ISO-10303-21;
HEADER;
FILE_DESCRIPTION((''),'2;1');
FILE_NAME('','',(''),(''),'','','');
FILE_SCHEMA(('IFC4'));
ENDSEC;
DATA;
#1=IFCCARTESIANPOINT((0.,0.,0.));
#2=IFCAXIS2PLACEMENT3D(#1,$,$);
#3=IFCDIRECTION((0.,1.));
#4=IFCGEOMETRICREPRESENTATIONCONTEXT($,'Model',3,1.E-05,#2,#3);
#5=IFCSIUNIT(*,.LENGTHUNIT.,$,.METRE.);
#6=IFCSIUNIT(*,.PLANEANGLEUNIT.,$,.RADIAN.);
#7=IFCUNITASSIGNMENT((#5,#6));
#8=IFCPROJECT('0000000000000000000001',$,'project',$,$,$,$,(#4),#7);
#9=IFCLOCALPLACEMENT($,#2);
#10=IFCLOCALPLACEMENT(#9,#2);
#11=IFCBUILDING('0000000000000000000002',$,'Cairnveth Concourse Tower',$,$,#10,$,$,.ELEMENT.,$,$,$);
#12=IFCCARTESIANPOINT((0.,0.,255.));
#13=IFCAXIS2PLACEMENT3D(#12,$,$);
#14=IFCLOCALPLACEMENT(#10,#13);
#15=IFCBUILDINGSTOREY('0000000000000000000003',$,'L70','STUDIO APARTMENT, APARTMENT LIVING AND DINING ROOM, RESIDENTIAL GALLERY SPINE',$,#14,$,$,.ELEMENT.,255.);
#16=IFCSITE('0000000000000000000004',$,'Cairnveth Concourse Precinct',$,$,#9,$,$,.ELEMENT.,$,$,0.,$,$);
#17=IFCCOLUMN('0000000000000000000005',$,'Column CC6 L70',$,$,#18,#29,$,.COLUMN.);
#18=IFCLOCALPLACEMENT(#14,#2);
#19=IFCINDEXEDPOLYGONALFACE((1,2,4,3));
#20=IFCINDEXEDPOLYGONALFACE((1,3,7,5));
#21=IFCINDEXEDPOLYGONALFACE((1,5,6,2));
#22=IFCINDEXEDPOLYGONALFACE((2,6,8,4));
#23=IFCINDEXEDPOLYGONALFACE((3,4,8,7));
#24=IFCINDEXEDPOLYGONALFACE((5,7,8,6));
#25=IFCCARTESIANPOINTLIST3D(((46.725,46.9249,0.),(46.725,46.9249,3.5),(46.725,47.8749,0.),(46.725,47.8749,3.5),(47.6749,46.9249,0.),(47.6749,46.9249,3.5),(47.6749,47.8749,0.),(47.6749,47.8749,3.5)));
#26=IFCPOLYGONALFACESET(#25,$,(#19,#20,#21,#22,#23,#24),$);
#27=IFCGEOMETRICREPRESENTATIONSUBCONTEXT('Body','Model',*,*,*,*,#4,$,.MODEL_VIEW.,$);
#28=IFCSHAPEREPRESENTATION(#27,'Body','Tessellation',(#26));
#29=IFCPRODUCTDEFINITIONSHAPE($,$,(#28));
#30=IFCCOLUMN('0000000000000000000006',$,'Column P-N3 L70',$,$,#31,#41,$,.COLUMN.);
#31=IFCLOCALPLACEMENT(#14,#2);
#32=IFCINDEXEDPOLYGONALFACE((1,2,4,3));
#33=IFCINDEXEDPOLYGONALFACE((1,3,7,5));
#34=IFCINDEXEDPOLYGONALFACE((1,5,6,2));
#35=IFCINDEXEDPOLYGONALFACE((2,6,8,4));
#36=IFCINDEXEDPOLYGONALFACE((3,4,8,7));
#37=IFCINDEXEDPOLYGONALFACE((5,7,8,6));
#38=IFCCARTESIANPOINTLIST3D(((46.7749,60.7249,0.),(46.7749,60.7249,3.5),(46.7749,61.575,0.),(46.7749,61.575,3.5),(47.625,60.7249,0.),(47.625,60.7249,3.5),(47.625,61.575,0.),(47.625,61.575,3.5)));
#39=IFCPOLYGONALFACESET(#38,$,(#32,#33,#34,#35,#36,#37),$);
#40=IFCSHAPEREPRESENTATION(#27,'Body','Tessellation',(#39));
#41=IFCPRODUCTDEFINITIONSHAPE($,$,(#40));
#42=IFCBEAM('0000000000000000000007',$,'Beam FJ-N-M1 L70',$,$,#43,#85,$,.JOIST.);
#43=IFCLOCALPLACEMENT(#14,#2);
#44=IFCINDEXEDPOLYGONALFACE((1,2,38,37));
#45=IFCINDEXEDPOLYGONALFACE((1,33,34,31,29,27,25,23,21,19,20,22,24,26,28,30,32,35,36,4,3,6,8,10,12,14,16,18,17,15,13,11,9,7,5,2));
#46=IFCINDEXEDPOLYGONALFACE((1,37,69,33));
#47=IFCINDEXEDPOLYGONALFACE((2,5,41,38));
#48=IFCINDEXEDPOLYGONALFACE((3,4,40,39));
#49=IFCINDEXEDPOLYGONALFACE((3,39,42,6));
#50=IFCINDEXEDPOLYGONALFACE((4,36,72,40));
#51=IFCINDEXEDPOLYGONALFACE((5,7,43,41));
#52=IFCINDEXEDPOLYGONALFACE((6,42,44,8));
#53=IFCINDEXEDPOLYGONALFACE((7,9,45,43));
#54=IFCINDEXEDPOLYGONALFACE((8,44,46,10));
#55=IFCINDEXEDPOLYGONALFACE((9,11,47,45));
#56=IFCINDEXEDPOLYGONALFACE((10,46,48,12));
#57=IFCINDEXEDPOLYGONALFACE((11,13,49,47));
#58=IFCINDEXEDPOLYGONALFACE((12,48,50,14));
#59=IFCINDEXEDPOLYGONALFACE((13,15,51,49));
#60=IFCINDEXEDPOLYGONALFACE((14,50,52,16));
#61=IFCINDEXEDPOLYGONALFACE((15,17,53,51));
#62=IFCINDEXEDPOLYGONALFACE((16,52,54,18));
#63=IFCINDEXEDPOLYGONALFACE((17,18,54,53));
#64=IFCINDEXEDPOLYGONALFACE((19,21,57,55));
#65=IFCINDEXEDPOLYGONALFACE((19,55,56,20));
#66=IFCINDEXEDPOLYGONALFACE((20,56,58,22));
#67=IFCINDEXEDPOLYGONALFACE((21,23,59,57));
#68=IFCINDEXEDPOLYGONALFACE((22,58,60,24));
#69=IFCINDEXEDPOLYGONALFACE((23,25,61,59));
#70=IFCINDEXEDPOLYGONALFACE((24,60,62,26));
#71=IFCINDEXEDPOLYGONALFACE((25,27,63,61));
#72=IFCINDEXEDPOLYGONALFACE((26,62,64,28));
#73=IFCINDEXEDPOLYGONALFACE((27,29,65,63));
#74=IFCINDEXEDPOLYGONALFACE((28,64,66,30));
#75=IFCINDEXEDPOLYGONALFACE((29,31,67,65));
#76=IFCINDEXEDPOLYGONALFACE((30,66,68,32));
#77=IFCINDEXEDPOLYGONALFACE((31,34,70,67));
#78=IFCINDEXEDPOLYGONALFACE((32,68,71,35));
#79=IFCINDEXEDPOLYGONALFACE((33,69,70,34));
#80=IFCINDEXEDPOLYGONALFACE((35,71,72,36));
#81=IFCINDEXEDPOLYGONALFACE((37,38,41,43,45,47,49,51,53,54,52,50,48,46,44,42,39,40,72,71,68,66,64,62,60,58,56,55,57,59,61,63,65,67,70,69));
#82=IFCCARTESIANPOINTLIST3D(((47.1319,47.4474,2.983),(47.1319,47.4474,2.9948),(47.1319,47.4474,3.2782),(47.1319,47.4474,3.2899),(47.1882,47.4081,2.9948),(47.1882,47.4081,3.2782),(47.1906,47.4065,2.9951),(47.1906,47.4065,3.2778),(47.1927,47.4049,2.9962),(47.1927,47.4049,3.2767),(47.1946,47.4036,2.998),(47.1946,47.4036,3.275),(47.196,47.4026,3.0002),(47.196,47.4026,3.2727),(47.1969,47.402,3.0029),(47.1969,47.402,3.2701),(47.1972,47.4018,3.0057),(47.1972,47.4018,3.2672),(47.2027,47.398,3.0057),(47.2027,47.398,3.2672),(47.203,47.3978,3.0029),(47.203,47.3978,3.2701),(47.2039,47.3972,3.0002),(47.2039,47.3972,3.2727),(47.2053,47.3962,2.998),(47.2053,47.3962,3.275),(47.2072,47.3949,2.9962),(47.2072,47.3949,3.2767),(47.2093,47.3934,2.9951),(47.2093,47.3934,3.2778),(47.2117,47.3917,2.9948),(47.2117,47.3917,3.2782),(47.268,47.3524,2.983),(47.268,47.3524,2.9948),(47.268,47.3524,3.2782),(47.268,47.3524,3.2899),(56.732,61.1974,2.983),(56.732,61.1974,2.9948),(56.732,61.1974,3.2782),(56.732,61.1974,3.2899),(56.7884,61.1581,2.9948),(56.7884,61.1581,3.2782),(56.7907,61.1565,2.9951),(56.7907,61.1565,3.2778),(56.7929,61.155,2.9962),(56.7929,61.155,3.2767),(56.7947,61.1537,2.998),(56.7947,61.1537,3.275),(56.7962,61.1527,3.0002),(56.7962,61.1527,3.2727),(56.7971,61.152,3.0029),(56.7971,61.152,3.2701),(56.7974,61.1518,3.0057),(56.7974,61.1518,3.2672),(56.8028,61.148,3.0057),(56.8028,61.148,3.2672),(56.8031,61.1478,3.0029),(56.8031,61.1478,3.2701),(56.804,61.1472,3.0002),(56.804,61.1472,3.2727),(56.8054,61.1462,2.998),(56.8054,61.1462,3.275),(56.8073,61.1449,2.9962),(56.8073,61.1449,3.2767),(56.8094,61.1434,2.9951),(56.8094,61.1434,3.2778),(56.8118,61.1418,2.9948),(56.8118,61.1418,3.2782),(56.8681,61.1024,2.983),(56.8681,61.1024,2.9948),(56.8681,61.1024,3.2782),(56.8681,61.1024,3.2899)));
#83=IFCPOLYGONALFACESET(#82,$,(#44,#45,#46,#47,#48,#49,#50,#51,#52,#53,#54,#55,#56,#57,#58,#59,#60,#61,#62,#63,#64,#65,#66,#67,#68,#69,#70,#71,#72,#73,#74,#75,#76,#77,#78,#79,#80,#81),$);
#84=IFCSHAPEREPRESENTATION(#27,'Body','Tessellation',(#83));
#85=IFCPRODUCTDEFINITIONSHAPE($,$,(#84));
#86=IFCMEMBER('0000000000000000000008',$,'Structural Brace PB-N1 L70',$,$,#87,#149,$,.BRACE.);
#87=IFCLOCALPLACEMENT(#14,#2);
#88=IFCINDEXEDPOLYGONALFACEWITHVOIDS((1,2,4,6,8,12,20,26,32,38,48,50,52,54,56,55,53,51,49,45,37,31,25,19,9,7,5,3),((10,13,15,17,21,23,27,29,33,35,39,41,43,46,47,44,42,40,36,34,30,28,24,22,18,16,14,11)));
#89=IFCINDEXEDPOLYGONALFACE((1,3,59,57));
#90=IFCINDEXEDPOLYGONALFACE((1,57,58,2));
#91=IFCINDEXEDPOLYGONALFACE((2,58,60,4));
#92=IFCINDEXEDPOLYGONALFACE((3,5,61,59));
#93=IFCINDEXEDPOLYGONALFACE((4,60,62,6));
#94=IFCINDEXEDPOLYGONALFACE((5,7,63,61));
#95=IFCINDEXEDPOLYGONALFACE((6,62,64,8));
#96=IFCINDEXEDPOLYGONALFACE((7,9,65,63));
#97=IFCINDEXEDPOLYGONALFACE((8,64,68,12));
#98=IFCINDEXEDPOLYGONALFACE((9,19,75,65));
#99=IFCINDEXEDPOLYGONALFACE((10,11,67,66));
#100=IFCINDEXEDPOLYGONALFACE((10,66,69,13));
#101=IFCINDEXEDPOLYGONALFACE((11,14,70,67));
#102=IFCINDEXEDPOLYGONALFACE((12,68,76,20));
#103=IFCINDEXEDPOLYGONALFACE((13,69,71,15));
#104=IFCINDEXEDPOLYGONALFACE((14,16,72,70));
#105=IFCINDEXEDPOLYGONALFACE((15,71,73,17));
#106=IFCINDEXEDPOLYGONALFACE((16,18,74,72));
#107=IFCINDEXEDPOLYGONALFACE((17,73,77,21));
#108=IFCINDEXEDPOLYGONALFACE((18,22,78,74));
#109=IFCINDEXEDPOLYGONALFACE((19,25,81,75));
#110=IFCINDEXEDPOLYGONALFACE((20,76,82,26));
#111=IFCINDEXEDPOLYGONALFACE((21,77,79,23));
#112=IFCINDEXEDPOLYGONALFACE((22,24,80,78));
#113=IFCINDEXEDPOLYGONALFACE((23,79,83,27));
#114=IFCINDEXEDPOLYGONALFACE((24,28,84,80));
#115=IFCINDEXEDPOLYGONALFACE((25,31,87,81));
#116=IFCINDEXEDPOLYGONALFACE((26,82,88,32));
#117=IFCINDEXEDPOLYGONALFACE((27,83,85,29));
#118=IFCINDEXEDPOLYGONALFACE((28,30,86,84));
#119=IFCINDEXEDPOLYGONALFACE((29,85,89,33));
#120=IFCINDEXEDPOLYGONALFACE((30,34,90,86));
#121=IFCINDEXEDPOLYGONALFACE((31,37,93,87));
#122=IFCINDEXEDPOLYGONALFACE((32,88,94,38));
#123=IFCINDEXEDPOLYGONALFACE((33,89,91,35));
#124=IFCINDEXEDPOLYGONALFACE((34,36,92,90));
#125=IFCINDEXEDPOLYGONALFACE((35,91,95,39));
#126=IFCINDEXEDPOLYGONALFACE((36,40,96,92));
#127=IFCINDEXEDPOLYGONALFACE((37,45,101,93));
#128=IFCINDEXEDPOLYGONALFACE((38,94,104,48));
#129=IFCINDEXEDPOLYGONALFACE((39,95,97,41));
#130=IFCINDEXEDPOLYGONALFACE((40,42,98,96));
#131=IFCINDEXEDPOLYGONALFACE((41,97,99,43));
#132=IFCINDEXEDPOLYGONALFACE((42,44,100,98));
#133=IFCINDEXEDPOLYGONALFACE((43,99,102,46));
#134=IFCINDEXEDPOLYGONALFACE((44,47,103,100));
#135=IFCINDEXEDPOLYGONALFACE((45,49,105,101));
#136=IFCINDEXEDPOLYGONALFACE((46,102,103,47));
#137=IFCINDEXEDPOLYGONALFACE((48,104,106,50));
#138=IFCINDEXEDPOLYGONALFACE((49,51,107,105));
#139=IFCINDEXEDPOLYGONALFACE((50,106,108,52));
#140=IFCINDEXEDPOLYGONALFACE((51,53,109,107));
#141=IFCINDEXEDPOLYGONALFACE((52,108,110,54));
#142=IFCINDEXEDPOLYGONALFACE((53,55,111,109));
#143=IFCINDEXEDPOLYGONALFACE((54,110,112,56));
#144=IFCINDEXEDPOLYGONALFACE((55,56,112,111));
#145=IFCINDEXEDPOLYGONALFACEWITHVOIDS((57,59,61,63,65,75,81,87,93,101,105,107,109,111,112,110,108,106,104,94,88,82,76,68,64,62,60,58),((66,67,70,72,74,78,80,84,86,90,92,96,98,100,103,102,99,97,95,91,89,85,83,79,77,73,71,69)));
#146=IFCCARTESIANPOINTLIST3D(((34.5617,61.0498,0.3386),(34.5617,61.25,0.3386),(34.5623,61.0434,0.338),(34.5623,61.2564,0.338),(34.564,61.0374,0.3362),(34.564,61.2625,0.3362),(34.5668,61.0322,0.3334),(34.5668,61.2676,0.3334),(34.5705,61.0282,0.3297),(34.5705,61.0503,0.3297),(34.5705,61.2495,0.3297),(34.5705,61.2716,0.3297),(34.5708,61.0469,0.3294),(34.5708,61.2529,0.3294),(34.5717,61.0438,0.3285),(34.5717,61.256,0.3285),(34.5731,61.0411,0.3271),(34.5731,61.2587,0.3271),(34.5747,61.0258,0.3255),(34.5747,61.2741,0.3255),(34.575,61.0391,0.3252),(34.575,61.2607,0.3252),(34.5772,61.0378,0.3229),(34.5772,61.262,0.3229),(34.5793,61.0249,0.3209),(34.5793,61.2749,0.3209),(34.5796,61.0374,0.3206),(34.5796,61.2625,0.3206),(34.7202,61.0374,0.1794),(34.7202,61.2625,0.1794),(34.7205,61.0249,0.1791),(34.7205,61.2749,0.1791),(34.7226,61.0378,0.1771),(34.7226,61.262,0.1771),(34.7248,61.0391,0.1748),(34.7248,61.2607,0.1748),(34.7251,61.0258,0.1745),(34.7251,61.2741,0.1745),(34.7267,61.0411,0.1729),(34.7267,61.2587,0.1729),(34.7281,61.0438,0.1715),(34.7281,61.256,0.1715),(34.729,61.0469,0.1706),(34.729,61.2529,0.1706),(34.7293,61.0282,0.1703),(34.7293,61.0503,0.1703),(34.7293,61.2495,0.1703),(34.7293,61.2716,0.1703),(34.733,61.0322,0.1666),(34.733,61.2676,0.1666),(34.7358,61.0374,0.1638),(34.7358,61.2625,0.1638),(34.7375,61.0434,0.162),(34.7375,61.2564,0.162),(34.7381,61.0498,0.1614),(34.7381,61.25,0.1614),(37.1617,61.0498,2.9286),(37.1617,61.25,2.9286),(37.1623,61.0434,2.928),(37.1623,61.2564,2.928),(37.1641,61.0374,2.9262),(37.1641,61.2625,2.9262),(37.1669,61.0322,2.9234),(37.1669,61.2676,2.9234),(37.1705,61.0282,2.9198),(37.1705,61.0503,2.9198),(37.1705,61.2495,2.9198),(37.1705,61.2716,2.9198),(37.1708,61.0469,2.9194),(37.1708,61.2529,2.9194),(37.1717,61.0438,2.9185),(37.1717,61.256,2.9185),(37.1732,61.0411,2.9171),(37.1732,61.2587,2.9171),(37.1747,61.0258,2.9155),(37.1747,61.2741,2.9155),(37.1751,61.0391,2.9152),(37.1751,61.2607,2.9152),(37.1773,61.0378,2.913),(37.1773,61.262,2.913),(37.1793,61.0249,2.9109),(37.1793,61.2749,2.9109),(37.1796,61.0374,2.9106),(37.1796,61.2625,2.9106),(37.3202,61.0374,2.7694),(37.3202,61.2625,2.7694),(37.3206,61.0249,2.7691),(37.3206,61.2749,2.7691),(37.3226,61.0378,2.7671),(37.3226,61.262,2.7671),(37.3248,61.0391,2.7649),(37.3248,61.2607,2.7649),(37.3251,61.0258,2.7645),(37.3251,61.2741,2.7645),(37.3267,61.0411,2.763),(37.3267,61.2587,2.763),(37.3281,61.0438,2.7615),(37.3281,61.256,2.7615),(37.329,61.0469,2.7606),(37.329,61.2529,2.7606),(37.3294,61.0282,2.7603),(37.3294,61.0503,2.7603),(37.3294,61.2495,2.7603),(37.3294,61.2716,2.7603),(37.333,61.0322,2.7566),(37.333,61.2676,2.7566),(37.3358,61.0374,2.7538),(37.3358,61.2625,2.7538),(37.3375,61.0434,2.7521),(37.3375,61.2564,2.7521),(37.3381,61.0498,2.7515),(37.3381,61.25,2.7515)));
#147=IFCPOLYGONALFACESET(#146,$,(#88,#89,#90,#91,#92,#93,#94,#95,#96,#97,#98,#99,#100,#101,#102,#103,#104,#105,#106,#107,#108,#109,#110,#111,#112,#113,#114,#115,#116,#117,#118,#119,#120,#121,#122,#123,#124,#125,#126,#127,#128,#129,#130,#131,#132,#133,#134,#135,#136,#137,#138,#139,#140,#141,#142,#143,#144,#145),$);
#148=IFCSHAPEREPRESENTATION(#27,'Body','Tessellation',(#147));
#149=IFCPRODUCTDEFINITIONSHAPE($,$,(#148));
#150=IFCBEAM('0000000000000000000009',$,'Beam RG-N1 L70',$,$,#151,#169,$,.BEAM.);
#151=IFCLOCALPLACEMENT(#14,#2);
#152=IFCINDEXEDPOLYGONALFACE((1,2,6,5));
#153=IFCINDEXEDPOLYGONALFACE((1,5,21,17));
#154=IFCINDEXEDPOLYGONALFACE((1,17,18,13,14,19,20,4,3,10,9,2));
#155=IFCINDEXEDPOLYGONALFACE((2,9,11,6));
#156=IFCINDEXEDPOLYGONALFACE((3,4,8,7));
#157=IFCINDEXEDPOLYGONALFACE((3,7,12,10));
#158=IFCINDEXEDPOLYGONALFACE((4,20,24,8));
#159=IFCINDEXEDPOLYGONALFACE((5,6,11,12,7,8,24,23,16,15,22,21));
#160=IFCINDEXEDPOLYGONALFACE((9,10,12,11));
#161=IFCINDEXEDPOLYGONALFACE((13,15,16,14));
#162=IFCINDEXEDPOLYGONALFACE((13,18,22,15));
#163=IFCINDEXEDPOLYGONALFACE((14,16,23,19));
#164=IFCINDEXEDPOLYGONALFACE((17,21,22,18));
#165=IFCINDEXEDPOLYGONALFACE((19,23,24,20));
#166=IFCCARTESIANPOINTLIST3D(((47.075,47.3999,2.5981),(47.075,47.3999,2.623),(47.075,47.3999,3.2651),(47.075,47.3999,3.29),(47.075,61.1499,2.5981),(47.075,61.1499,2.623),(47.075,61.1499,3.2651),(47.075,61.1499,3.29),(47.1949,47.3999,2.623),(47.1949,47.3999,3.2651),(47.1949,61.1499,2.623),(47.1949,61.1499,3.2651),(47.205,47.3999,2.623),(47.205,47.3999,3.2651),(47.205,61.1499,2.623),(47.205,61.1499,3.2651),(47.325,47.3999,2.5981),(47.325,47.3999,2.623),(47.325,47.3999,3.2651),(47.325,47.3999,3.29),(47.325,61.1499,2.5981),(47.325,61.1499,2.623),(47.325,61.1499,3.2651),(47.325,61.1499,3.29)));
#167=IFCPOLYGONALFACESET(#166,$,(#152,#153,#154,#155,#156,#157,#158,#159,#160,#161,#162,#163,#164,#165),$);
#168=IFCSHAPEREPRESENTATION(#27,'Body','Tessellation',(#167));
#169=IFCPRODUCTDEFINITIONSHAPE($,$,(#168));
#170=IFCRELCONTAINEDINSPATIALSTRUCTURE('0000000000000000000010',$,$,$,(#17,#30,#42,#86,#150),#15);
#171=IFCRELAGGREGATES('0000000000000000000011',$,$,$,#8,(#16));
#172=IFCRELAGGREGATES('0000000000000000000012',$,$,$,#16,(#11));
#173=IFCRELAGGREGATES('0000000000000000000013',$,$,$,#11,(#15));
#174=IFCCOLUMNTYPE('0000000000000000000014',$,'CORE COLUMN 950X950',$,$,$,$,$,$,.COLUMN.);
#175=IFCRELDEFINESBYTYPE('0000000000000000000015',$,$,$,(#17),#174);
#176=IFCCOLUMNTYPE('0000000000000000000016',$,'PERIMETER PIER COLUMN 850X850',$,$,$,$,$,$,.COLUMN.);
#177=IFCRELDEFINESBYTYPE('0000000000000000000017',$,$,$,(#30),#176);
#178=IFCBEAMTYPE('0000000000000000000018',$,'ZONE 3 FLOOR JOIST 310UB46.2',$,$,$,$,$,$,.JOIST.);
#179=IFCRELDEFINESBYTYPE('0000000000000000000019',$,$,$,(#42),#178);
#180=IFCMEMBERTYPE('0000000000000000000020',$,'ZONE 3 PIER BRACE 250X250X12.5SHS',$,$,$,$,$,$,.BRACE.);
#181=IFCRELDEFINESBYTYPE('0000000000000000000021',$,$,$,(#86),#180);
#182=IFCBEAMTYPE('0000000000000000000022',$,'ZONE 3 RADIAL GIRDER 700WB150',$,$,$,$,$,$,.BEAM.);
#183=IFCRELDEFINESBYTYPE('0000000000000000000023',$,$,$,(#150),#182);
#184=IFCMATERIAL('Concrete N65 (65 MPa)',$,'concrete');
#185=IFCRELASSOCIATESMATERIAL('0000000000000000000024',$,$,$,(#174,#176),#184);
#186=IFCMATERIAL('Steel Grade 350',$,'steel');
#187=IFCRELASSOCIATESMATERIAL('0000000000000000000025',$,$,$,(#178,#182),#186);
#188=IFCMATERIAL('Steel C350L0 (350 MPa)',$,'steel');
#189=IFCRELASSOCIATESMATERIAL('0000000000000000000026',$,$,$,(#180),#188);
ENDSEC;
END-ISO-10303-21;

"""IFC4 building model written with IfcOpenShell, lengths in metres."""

from ifc_helpers import new_model, si_unit, direction, frame, origin, origin_2d, place, context, subcontext, project, spatial, rectangle, hollow_rectangle, i_section, extrude, material, material_profile, profile_set, type_object, element, save


model = new_model("IFC4")

# Units and contexts
model_context = context("Model", 3, precision=1e-05, world=origin(), true_north=direction((0.0, 1.0)))
body_context = subcontext(model_context, "Body", "Model", "MODEL_VIEW")
ifc_project = project(units=[si_unit("LENGTHUNIT", "METRE"), si_unit("PLANEANGLEUNIT", "RADIAN")], contexts=[model_context])

# Site, building, storey
site_placement = place(None, origin())
site = spatial("IfcSite", under=ifc_project, at=site_placement, Name="Cairnveth Concourse Precinct", CompositionType="ELEMENT", RefElevation=0.0)
building_placement = place(site_placement, origin())
building = spatial("IfcBuilding", under=site, at=building_placement, Name="Cairnveth Concourse Tower", CompositionType="ELEMENT")
storey_placement = place(building_placement, frame((0.0, 0.0, 255.0)))
storey = spatial("IfcBuildingStorey", under=building, at=storey_placement, Name="L70", Description="STUDIO APARTMENT, APARTMENT LIVING AND DINING ROOM, RESIDENTIAL GALLERY SPINE", CompositionType="ELEMENT", Elevation=255.0)

# Columns
ifc_material_1 = material(Name="Concrete N65 (65 MPa)", Category="concrete")
ifc_material_profile_1 = material_profile(ifc_material_1, rectangle(XDim=0.95, YDim=0.95, at=origin_2d()), Name="RC-COL-950x950")
ifc_profile_set_1 = profile_set([ifc_material_profile_1], Name="Concrete N65 (65 MPa)")
column_type_1 = type_object("IfcColumnType", Name="CORE COLUMN 950X950", PredefinedType="COLUMN", material=ifc_profile_set_1)
column_1_placement = place(storey_placement, frame((47.2, 47.3999, 0.0), z_axis=(0.0, 0.0, 1.0), x_axis=(1.0, 0.0, 0.0)))
element("IfcColumn", 1, at=column_1_placement, inside=storey, type_object=column_type_1, Name="Column CC6 L70", PredefinedType="COLUMN", context=body_context, shape_type="SweptSolid", body=[
    extrude(rectangle(XDim=0.95, YDim=0.95, at=origin_2d()), origin(), (0.0, 0.0, 1.0), 3.5),
])
ifc_material_profile_2 = material_profile(ifc_material_1, rectangle(XDim=0.8501, YDim=0.8501, at=origin_2d()), Name="RC-COL-850x850")
ifc_profile_set_2 = profile_set([ifc_material_profile_2], Name="Concrete N65 (65 MPa)")
column_type_2 = type_object("IfcColumnType", Name="PERIMETER PIER COLUMN 850X850", PredefinedType="COLUMN", material=ifc_profile_set_2)
column_2_placement = place(storey_placement, frame((47.2, 61.1499, 0.0), z_axis=(0.0, 0.0, 1.0), x_axis=(1.0, 0.0, 0.0)))
element("IfcColumn", 2, at=column_2_placement, inside=storey, type_object=column_type_2, Name="Column P-N3 L70", PredefinedType="COLUMN", context=body_context, shape_type="SweptSolid", body=[
    extrude(rectangle(XDim=0.8501, YDim=0.8501, at=origin_2d()), origin(), (0.0, 0.0, 1.0), 3.5),
])

# Beam
ifc_material_2 = material(Name="Steel Grade 350", Category="steel")
ifc_material_profile_3 = material_profile(ifc_material_2, i_section(OverallWidth=0.166, OverallDepth=0.3069, WebThickness=0.0066, FlangeThickness=0.0117, FilletRadius=0.011, at=origin_2d()), Name="310UB46.2")
ifc_profile_set_3 = profile_set([ifc_material_profile_3], Name="Steel Grade 350")
beam_type_1 = type_object("IfcBeamType", Name="ZONE 3 FLOOR JOIST 310UB46.2", PredefinedType="JOIST", material=ifc_profile_set_3)
beam_1_placement = place(storey_placement, frame((47.2, 47.3999, 3.1365), z_axis=(0.572465, 0.819929, 0.0), x_axis=(-0.819929, 0.572465, 0.0)))
element("IfcBeam", 3, at=beam_1_placement, inside=storey, type_object=beam_type_1, Name="Beam FJ-N-M1 L70", PredefinedType="JOIST", context=body_context, shape_type="SweptSolid", body=[
    extrude(i_section(OverallWidth=0.166, OverallDepth=0.3069, WebThickness=0.0066, FlangeThickness=0.0117, FilletRadius=0.011, at=origin_2d()), origin(), (0.0, 0.0, 1.0), 16.7698),
])

# Member
ifc_material_3 = material(Name="Steel C350L0 (350 MPa)", Category="steel")
ifc_material_profile_4 = material_profile(ifc_material_3, hollow_rectangle(XDim=0.25, YDim=0.25, WallThickness=0.0125, InnerFilletRadius=0.0129, OuterFilletRadius=0.0249, at=origin_2d()), Name="250x250x12.5SHS")
ifc_profile_set_4 = profile_set([ifc_material_profile_4], Name="Steel C350L0 (350 MPa)")
member_type = type_object("IfcMemberType", Name="ZONE 3 PIER BRACE 250X250X12.5SHS", PredefinedType="BRACE", material=ifc_profile_set_4)
member_placement = place(storey_placement, frame((34.6499, 61.1499, 0.25), z_axis=(0.708469, 0.0, 0.705742), x_axis=(0.0, 1.0, 0.0)))
element("IfcMember", 4, at=member_placement, inside=storey, type_object=member_type, Name="Structural Brace PB-N1 L70", PredefinedType="BRACE", context=body_context, shape_type="SweptSolid", body=[
    extrude(hollow_rectangle(XDim=0.25, YDim=0.25, WallThickness=0.0125, InnerFilletRadius=0.0129, OuterFilletRadius=0.0249, at=origin_2d()), origin(), (0.0, 0.0, 1.0), 3.6699),
])

# Beam
ifc_material_profile_5 = material_profile(ifc_material_2, i_section(OverallWidth=0.25, OverallDepth=0.6919, WebThickness=0.01, FlangeThickness=0.0249, at=origin_2d()), Name="700WB150")
ifc_profile_set_5 = profile_set([ifc_material_profile_5], Name="Steel Grade 350")
beam_type_2 = type_object("IfcBeamType", Name="ZONE 3 RADIAL GIRDER 700WB150", PredefinedType="BEAM", material=ifc_profile_set_5)
beam_2_placement = place(storey_placement, frame((47.2, 47.3999, 2.9441), z_axis=(0.0, 1.0, 0.0), x_axis=(-1.0, 0.0, 0.0)))
element("IfcBeam", 5, at=beam_2_placement, inside=storey, type_object=beam_type_2, Name="Beam RG-N1 L70", PredefinedType="BEAM", context=body_context, shape_type="SweptSolid", body=[
    extrude(i_section(OverallWidth=0.25, OverallDepth=0.6919, WebThickness=0.01, FlangeThickness=0.0249, at=origin_2d()), origin(), (0.0, 0.0, 1.0), 13.75),
])

save(model, "model.ifc")
